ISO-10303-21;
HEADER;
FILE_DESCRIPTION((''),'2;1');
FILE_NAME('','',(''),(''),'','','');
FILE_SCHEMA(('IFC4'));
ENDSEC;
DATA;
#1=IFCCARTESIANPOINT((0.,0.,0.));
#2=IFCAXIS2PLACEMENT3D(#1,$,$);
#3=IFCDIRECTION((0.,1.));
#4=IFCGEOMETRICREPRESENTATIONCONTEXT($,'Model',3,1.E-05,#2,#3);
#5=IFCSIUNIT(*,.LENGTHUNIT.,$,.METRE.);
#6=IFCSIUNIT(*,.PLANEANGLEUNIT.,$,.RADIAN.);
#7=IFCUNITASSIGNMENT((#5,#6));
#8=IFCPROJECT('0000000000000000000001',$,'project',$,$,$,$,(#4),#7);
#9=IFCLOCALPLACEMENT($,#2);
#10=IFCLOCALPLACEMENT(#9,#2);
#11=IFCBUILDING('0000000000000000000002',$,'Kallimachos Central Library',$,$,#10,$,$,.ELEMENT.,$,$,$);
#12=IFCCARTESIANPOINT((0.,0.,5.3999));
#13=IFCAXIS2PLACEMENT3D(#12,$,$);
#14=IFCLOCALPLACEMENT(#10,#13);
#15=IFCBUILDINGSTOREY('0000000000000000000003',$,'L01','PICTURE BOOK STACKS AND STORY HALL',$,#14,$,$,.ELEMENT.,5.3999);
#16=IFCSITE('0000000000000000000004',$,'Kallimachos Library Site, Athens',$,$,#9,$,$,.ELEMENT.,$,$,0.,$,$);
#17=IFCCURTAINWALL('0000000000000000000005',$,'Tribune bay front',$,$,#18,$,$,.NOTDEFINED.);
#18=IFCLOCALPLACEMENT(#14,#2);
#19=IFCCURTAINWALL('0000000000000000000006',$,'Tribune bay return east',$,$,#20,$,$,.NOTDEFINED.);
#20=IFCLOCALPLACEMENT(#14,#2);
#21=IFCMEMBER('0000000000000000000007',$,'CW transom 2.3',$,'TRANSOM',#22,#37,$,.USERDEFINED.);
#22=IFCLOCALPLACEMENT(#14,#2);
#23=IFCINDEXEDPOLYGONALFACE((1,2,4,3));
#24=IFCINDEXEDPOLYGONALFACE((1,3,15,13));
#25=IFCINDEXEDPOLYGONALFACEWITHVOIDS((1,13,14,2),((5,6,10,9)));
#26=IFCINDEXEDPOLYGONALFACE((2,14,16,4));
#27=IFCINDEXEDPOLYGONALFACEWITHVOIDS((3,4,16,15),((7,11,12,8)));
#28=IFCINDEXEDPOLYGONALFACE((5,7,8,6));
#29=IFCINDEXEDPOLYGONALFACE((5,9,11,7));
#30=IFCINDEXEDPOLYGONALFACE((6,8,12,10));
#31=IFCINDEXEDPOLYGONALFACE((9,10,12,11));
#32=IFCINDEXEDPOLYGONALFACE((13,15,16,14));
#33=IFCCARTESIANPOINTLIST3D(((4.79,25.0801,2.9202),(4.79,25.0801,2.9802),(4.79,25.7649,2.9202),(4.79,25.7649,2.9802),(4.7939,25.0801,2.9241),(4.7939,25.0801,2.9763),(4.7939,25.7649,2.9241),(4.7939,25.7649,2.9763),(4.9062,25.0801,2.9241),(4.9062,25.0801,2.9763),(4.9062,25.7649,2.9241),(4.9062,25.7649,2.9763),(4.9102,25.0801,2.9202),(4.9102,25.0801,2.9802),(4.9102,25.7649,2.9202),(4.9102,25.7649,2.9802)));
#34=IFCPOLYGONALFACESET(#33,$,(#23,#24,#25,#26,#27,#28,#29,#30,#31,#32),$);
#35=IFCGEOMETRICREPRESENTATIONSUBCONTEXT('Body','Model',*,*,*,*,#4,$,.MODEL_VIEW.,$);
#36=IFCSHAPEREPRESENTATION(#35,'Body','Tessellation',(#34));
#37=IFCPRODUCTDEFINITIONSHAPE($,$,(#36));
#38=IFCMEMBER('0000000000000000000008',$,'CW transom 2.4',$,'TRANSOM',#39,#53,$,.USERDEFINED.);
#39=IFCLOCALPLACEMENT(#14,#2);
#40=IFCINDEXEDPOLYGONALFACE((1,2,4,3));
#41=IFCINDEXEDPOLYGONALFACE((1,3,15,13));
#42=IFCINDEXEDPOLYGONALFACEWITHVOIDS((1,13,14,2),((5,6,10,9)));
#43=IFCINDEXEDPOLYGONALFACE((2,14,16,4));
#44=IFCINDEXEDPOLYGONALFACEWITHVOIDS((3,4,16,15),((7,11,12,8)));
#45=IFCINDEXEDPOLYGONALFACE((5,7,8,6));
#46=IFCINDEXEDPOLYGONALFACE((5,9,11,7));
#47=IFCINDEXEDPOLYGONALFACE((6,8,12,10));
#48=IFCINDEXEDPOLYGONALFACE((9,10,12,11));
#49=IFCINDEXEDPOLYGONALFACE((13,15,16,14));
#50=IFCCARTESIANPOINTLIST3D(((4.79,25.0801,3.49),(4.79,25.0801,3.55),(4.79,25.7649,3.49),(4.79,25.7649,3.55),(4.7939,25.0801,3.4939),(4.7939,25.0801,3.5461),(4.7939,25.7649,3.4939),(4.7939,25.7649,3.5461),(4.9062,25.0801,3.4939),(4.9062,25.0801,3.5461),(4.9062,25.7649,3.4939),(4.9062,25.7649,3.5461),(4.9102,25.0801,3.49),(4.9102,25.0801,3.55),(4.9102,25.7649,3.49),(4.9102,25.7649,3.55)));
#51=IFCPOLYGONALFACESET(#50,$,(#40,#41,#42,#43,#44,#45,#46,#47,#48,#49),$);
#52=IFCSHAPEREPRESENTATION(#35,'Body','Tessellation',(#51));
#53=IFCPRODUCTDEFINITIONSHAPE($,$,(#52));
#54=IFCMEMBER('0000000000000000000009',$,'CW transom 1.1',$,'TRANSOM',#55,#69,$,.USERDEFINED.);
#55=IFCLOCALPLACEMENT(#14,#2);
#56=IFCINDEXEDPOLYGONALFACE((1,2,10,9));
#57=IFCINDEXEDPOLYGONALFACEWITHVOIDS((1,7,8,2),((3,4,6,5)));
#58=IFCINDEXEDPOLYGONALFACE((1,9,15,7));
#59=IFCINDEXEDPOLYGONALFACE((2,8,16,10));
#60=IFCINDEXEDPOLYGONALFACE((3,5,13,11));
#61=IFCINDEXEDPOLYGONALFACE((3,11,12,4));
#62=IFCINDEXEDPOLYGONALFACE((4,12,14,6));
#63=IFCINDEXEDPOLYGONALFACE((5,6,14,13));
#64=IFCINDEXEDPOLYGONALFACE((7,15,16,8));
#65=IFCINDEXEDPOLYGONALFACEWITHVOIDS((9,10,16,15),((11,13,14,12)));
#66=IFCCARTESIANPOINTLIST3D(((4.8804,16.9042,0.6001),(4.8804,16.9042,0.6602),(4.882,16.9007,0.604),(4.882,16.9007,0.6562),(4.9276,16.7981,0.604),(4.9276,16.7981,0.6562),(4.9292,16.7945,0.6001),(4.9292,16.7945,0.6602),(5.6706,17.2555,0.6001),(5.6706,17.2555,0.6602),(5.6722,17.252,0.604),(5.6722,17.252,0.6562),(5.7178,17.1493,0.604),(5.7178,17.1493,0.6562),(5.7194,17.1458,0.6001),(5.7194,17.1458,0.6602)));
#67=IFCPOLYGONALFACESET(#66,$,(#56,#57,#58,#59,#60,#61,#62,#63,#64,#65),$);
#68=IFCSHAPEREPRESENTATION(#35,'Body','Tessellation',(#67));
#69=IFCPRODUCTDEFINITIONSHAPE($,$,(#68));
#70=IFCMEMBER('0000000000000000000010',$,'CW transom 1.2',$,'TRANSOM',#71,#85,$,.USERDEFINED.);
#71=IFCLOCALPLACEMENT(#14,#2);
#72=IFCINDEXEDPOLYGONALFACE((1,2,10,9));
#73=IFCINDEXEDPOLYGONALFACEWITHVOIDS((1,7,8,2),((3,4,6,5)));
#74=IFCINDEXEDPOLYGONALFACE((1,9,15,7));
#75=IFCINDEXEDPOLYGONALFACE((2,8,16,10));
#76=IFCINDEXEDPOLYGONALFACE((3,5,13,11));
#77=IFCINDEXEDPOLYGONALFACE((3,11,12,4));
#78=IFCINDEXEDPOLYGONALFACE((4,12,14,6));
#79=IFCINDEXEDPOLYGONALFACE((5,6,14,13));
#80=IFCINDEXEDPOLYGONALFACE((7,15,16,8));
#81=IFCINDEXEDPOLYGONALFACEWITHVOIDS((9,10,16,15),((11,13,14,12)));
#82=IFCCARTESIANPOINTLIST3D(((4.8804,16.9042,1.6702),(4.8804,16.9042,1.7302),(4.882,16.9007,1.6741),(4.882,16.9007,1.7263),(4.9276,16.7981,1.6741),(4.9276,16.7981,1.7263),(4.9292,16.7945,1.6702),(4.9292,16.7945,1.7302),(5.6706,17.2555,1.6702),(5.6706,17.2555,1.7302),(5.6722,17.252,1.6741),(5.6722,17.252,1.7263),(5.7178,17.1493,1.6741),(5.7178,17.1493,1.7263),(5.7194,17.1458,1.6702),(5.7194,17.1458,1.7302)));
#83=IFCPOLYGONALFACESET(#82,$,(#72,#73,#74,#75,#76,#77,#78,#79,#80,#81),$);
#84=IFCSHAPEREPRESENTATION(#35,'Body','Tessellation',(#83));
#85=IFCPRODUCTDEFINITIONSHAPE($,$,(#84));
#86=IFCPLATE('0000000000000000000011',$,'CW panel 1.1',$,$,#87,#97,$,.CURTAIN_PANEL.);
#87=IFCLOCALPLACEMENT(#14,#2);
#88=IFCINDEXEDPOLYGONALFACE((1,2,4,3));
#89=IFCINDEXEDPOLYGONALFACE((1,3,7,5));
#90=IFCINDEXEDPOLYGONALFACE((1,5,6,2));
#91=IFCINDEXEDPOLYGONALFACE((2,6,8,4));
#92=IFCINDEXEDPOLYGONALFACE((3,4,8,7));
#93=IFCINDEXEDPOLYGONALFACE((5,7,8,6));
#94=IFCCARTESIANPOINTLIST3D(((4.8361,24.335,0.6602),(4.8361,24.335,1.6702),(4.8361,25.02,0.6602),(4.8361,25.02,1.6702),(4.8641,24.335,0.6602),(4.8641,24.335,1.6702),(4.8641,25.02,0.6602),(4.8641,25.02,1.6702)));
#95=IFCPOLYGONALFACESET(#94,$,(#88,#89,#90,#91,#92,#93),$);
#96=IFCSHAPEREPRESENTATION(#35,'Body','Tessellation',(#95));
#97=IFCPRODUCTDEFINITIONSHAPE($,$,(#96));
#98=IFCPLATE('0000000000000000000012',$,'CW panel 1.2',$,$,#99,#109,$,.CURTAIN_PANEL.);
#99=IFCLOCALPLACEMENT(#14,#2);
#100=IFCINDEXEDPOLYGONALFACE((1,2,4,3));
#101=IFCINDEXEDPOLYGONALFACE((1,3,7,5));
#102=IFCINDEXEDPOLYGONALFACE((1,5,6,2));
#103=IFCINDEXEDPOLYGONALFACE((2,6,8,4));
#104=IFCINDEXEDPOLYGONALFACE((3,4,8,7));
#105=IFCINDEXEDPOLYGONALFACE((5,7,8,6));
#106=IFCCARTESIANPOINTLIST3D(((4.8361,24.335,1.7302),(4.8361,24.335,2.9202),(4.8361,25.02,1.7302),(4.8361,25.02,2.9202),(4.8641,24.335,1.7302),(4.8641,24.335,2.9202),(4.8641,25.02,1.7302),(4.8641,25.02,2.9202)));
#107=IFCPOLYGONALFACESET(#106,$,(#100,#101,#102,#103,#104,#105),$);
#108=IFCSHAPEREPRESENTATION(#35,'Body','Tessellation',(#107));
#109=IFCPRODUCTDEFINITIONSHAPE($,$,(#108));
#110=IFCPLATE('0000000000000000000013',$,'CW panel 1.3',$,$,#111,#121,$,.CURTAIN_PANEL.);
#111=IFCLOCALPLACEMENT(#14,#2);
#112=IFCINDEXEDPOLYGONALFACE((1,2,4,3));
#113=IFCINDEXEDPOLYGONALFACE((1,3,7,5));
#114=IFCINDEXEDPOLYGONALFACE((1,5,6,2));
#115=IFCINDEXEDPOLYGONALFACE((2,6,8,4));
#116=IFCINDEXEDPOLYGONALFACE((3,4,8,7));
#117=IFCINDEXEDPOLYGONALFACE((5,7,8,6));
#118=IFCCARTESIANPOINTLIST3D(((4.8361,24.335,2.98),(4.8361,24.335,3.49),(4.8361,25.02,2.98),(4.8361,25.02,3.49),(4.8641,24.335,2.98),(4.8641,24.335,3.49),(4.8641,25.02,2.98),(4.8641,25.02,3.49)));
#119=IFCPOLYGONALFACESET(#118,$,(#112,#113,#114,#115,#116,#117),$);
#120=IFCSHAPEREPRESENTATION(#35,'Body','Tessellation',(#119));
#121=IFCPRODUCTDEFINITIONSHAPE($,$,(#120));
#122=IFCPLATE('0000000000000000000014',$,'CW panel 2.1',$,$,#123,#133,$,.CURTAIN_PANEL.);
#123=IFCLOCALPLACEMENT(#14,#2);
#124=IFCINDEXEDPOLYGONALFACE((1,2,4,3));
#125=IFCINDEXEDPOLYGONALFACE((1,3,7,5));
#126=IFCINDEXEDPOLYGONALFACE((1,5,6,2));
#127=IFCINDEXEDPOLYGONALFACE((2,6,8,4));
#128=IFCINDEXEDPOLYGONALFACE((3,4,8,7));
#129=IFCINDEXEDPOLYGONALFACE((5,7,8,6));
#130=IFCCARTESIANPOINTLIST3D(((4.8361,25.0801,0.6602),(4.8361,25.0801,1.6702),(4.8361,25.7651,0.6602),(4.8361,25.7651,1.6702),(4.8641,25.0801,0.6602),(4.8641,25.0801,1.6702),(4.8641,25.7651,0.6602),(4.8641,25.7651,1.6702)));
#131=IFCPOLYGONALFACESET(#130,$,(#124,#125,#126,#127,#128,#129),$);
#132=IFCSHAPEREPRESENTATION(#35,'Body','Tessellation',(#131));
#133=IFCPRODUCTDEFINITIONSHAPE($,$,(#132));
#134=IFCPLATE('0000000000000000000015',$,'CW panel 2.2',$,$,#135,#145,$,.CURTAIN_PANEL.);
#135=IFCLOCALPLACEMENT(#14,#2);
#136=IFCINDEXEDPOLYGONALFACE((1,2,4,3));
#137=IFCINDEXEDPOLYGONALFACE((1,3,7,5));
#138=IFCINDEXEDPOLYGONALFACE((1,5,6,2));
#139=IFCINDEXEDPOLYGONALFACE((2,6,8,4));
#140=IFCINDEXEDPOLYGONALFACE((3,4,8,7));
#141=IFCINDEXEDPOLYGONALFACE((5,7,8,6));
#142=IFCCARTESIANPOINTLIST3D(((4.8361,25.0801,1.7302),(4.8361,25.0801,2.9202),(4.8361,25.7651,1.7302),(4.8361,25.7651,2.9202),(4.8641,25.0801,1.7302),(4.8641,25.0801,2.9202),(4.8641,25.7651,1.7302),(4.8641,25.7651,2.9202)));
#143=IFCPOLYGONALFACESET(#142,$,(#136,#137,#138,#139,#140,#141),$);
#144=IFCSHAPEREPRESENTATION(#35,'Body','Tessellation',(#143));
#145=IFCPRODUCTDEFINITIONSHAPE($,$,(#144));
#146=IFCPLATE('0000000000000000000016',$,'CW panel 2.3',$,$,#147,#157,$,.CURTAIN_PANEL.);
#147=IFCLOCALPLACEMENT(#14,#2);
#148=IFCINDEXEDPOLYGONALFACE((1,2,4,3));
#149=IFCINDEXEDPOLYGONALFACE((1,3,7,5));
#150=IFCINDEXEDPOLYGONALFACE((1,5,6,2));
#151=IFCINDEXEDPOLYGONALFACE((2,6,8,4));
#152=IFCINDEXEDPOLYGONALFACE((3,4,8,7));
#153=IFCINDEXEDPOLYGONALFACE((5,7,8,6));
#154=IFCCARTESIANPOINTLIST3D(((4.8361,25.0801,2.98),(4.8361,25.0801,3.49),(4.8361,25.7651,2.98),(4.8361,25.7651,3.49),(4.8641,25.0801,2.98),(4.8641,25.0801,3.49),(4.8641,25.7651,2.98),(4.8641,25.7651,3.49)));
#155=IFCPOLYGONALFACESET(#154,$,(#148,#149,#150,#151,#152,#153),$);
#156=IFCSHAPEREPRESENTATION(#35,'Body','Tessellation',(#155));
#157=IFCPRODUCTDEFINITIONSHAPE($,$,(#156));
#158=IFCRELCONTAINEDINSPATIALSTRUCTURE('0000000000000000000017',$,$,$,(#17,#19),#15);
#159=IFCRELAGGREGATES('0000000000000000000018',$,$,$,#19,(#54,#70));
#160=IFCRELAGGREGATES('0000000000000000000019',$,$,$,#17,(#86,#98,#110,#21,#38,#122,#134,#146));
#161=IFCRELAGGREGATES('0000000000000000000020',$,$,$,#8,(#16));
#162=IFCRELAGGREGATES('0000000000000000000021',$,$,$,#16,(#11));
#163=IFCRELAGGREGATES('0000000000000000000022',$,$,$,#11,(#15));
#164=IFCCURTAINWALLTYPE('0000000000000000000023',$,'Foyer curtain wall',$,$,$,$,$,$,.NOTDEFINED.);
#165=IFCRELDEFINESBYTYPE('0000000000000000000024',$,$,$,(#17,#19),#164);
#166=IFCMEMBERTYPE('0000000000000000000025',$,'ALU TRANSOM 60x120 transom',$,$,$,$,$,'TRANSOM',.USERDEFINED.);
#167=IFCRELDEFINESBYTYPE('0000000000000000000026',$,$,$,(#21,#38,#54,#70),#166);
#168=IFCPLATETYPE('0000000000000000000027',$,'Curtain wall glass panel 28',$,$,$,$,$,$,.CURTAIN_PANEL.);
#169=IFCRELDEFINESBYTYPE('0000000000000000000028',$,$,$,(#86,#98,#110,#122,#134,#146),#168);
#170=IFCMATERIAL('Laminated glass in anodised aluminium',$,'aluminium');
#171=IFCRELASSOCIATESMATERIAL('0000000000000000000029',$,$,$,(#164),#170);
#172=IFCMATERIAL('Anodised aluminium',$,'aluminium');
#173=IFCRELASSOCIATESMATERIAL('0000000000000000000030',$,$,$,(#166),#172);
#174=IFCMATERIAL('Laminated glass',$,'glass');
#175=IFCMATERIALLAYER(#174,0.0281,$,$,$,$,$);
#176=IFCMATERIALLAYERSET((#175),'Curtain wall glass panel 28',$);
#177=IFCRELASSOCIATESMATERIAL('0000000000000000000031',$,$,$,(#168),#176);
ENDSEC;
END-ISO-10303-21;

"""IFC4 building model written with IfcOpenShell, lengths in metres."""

from ifc_helpers import new_model, si_unit, direction, frame, origin, origin_2d, place, context, subcontext, project, spatial, rectangle, hollow_rectangle, extrude, material, layer, layer_set, material_profile, profile_set, type_object, element, aggregate, save


model = new_model("IFC4")

# Units and contexts
model_context = context("Model", 3, precision=1e-05, world=origin(), true_north=direction((0.0, 1.0)))
body_context = subcontext(model_context, "Body", "Model", "MODEL_VIEW")
ifc_project = project(units=[si_unit("LENGTHUNIT", "METRE"), si_unit("PLANEANGLEUNIT", "RADIAN")], contexts=[model_context])

# Site, building, storey
site_placement = place(None, origin())
site = spatial("IfcSite", under=ifc_project, at=site_placement, Name="Kallimachos Library Site, Athens", CompositionType="ELEMENT", RefElevation=0.0)
building_placement = place(site_placement, origin())
building = spatial("IfcBuilding", under=site, at=building_placement, Name="Kallimachos Central Library", CompositionType="ELEMENT")
storey_placement = place(building_placement, frame((0.0, 0.0, 5.3999)))
storey = spatial("IfcBuildingStorey", under=building, at=storey_placement, Name="L01", Description="PICTURE BOOK STACKS AND STORY HALL", CompositionType="ELEMENT", Elevation=5.3999)

# Shared definitions
ifc_material_1 = material(Name="Laminated glass in anodised aluminium", Category="aluminium")
curtain_wall_type = type_object("IfcCurtainWallType", Name="Foyer curtain wall", PredefinedType="NOTDEFINED", material=ifc_material_1)

# Curtain wall
curtain_wall_1_placement = place(storey_placement, origin())
curtain_wall_1 = element("IfcCurtainWall", 1, at=curtain_wall_1_placement, inside=storey, type_object=curtain_wall_type, Name="Tribune bay front", PredefinedType="NOTDEFINED")

# Curtain wall
curtain_wall_2_placement = place(storey_placement, origin())
curtain_wall_2 = element("IfcCurtainWall", 2, at=curtain_wall_2_placement, inside=storey, type_object=curtain_wall_type, Name="Tribune bay return east", PredefinedType="NOTDEFINED")

# Members
ifc_material_2 = material(Name="Anodised aluminium", Category="aluminium")
ifc_material_profile_1 = material_profile(ifc_material_2, hollow_rectangle(XDim=0.0601, YDim=0.1201, WallThickness=0.0039, at=origin_2d()), Name="ALU TRANSOM 60x120")
ifc_profile_set_1 = profile_set([ifc_material_profile_1], Name="Anodised aluminium")
member_type_1 = type_object("IfcMemberType", Name="ALU TRANSOM 60x120 transom", ElementType="TRANSOM", PredefinedType="USERDEFINED", material=ifc_profile_set_1)
member_1_placement = place(storey_placement, frame((4.8501, 25.0801, 2.9502), z_axis=(0.0, 1.0, 0.0), x_axis=(0.0, 0.0, 1.0)))
member_1 = element("IfcMember", 3, at=member_1_placement, type_object=member_type_1, Name="CW transom 2.3", ObjectType="TRANSOM", PredefinedType="USERDEFINED", context=body_context, shape_type="SweptSolid", body=[
    extrude(hollow_rectangle(XDim=0.0601, YDim=0.1201, WallThickness=0.0039, at=origin_2d()), origin(), (0.0, 0.0, 1.0), 0.6848),
])
member_2_placement = place(storey_placement, frame((4.8501, 25.0801, 3.52), z_axis=(0.0, 1.0, 0.0), x_axis=(0.0, 0.0, 1.0)))
member_2 = element("IfcMember", 4, at=member_2_placement, type_object=member_type_1, Name="CW transom 2.4", ObjectType="TRANSOM", PredefinedType="USERDEFINED", context=body_context, shape_type="SweptSolid", body=[
    extrude(hollow_rectangle(XDim=0.0601, YDim=0.1201, WallThickness=0.0039, at=origin_2d()), origin(), (0.0, 0.0, 1.0), 0.6848),
])
member_3_placement = place(storey_placement, frame((4.9048, 16.8494, 0.6301), z_axis=(0.913777, 0.406217, 0.0), x_axis=(0.0, 0.0, 1.0)))
member_3 = element("IfcMember", 5, at=member_3_placement, type_object=member_type_1, Name="CW transom 1.1", ObjectType="TRANSOM", PredefinedType="USERDEFINED", context=body_context, shape_type="SweptSolid", body=[
    extrude(hollow_rectangle(XDim=0.0601, YDim=0.1201, WallThickness=0.0039, at=origin_2d()), origin(), (0.0, 0.0, 1.0), 0.8647),
])
member_4_placement = place(storey_placement, frame((4.9048, 16.8494, 1.7002), z_axis=(0.913777, 0.406217, 0.0), x_axis=(0.0, 0.0, 1.0)))
member_4 = element("IfcMember", 6, at=member_4_placement, type_object=member_type_1, Name="CW transom 1.2", ObjectType="TRANSOM", PredefinedType="USERDEFINED", context=body_context, shape_type="SweptSolid", body=[
    extrude(hollow_rectangle(XDim=0.0601, YDim=0.1201, WallThickness=0.0039, at=origin_2d()), origin(), (0.0, 0.0, 1.0), 0.8647),
])
aggregate(curtain_wall_2, [member_3, member_4])

# Plates
ifc_material_3 = material(Name="Laminated glass", Category="glass")
ifc_layer = layer(ifc_material_3, 0.0281)
ifc_layer_set = layer_set([ifc_layer], Name="Curtain wall glass panel 28")
plate_type = type_object("IfcPlateType", Name="Curtain wall glass panel 28", PredefinedType="CURTAIN_PANEL", material=ifc_layer_set)
plate_1_placement = place(storey_placement, frame((4.8501, 24.6775, 0.6602), z_axis=(0.0, 0.0, 1.0), x_axis=(0.0, 1.0, 0.0)))
plate_1 = element("IfcPlate", 7, at=plate_1_placement, type_object=plate_type, Name="CW panel 1.1", PredefinedType="CURTAIN_PANEL", context=body_context, shape_type="SweptSolid", body=[
    extrude(rectangle(XDim=0.6851, YDim=0.0281, at=origin_2d()), origin(), (0.0, 0.0, 1.0), 1.01),
])
plate_2_placement = place(storey_placement, frame((4.8501, 24.6775, 1.7302), z_axis=(0.0, 0.0, 1.0), x_axis=(0.0, 1.0, 0.0)))
plate_2 = element("IfcPlate", 8, at=plate_2_placement, type_object=plate_type, Name="CW panel 1.2", PredefinedType="CURTAIN_PANEL", context=body_context, shape_type="SweptSolid", body=[
    extrude(rectangle(XDim=0.6851, YDim=0.0281, at=origin_2d()), origin(), (0.0, 0.0, 1.0), 1.1899),
])
plate_3_placement = place(storey_placement, frame((4.8501, 24.6775, 2.98), z_axis=(0.0, 0.0, 1.0), x_axis=(0.0, 1.0, 0.0)))
plate_3 = element("IfcPlate", 9, at=plate_3_placement, type_object=plate_type, Name="CW panel 1.3", PredefinedType="CURTAIN_PANEL", context=body_context, shape_type="SweptSolid", body=[
    extrude(rectangle(XDim=0.6851, YDim=0.0281, at=origin_2d()), origin(), (0.0, 0.0, 1.0), 0.51),
])
plate_4_placement = place(storey_placement, frame((4.8501, 25.4226, 0.6602), z_axis=(0.0, 0.0, 1.0), x_axis=(0.0, 1.0, 0.0)))
plate_4 = element("IfcPlate", 10, at=plate_4_placement, type_object=plate_type, Name="CW panel 2.1", PredefinedType="CURTAIN_PANEL", context=body_context, shape_type="SweptSolid", body=[
    extrude(rectangle(XDim=0.6851, YDim=0.0281, at=origin_2d()), origin(), (0.0, 0.0, 1.0), 1.01),
])
plate_5_placement = place(storey_placement, frame((4.8501, 25.4226, 1.7302), z_axis=(0.0, 0.0, 1.0), x_axis=(0.0, 1.0, 0.0)))
plate_5 = element("IfcPlate", 11, at=plate_5_placement, type_object=plate_type, Name="CW panel 2.2", PredefinedType="CURTAIN_PANEL", context=body_context, shape_type="SweptSolid", body=[
    extrude(rectangle(XDim=0.6851, YDim=0.0281, at=origin_2d()), origin(), (0.0, 0.0, 1.0), 1.1899),
])
plate_6_placement = place(storey_placement, frame((4.8501, 25.4226, 2.98), z_axis=(0.0, 0.0, 1.0), x_axis=(0.0, 1.0, 0.0)))
plate_6 = element("IfcPlate", 12, at=plate_6_placement, type_object=plate_type, Name="CW panel 2.3", PredefinedType="CURTAIN_PANEL", context=body_context, shape_type="SweptSolid", body=[
    extrude(rectangle(XDim=0.6851, YDim=0.0281, at=origin_2d()), origin(), (0.0, 0.0, 1.0), 0.51),
])
aggregate(curtain_wall_1, [plate_1, plate_2, plate_3, member_1, member_2, plate_4, plate_5, plate_6])

save(model, "model.ifc")
